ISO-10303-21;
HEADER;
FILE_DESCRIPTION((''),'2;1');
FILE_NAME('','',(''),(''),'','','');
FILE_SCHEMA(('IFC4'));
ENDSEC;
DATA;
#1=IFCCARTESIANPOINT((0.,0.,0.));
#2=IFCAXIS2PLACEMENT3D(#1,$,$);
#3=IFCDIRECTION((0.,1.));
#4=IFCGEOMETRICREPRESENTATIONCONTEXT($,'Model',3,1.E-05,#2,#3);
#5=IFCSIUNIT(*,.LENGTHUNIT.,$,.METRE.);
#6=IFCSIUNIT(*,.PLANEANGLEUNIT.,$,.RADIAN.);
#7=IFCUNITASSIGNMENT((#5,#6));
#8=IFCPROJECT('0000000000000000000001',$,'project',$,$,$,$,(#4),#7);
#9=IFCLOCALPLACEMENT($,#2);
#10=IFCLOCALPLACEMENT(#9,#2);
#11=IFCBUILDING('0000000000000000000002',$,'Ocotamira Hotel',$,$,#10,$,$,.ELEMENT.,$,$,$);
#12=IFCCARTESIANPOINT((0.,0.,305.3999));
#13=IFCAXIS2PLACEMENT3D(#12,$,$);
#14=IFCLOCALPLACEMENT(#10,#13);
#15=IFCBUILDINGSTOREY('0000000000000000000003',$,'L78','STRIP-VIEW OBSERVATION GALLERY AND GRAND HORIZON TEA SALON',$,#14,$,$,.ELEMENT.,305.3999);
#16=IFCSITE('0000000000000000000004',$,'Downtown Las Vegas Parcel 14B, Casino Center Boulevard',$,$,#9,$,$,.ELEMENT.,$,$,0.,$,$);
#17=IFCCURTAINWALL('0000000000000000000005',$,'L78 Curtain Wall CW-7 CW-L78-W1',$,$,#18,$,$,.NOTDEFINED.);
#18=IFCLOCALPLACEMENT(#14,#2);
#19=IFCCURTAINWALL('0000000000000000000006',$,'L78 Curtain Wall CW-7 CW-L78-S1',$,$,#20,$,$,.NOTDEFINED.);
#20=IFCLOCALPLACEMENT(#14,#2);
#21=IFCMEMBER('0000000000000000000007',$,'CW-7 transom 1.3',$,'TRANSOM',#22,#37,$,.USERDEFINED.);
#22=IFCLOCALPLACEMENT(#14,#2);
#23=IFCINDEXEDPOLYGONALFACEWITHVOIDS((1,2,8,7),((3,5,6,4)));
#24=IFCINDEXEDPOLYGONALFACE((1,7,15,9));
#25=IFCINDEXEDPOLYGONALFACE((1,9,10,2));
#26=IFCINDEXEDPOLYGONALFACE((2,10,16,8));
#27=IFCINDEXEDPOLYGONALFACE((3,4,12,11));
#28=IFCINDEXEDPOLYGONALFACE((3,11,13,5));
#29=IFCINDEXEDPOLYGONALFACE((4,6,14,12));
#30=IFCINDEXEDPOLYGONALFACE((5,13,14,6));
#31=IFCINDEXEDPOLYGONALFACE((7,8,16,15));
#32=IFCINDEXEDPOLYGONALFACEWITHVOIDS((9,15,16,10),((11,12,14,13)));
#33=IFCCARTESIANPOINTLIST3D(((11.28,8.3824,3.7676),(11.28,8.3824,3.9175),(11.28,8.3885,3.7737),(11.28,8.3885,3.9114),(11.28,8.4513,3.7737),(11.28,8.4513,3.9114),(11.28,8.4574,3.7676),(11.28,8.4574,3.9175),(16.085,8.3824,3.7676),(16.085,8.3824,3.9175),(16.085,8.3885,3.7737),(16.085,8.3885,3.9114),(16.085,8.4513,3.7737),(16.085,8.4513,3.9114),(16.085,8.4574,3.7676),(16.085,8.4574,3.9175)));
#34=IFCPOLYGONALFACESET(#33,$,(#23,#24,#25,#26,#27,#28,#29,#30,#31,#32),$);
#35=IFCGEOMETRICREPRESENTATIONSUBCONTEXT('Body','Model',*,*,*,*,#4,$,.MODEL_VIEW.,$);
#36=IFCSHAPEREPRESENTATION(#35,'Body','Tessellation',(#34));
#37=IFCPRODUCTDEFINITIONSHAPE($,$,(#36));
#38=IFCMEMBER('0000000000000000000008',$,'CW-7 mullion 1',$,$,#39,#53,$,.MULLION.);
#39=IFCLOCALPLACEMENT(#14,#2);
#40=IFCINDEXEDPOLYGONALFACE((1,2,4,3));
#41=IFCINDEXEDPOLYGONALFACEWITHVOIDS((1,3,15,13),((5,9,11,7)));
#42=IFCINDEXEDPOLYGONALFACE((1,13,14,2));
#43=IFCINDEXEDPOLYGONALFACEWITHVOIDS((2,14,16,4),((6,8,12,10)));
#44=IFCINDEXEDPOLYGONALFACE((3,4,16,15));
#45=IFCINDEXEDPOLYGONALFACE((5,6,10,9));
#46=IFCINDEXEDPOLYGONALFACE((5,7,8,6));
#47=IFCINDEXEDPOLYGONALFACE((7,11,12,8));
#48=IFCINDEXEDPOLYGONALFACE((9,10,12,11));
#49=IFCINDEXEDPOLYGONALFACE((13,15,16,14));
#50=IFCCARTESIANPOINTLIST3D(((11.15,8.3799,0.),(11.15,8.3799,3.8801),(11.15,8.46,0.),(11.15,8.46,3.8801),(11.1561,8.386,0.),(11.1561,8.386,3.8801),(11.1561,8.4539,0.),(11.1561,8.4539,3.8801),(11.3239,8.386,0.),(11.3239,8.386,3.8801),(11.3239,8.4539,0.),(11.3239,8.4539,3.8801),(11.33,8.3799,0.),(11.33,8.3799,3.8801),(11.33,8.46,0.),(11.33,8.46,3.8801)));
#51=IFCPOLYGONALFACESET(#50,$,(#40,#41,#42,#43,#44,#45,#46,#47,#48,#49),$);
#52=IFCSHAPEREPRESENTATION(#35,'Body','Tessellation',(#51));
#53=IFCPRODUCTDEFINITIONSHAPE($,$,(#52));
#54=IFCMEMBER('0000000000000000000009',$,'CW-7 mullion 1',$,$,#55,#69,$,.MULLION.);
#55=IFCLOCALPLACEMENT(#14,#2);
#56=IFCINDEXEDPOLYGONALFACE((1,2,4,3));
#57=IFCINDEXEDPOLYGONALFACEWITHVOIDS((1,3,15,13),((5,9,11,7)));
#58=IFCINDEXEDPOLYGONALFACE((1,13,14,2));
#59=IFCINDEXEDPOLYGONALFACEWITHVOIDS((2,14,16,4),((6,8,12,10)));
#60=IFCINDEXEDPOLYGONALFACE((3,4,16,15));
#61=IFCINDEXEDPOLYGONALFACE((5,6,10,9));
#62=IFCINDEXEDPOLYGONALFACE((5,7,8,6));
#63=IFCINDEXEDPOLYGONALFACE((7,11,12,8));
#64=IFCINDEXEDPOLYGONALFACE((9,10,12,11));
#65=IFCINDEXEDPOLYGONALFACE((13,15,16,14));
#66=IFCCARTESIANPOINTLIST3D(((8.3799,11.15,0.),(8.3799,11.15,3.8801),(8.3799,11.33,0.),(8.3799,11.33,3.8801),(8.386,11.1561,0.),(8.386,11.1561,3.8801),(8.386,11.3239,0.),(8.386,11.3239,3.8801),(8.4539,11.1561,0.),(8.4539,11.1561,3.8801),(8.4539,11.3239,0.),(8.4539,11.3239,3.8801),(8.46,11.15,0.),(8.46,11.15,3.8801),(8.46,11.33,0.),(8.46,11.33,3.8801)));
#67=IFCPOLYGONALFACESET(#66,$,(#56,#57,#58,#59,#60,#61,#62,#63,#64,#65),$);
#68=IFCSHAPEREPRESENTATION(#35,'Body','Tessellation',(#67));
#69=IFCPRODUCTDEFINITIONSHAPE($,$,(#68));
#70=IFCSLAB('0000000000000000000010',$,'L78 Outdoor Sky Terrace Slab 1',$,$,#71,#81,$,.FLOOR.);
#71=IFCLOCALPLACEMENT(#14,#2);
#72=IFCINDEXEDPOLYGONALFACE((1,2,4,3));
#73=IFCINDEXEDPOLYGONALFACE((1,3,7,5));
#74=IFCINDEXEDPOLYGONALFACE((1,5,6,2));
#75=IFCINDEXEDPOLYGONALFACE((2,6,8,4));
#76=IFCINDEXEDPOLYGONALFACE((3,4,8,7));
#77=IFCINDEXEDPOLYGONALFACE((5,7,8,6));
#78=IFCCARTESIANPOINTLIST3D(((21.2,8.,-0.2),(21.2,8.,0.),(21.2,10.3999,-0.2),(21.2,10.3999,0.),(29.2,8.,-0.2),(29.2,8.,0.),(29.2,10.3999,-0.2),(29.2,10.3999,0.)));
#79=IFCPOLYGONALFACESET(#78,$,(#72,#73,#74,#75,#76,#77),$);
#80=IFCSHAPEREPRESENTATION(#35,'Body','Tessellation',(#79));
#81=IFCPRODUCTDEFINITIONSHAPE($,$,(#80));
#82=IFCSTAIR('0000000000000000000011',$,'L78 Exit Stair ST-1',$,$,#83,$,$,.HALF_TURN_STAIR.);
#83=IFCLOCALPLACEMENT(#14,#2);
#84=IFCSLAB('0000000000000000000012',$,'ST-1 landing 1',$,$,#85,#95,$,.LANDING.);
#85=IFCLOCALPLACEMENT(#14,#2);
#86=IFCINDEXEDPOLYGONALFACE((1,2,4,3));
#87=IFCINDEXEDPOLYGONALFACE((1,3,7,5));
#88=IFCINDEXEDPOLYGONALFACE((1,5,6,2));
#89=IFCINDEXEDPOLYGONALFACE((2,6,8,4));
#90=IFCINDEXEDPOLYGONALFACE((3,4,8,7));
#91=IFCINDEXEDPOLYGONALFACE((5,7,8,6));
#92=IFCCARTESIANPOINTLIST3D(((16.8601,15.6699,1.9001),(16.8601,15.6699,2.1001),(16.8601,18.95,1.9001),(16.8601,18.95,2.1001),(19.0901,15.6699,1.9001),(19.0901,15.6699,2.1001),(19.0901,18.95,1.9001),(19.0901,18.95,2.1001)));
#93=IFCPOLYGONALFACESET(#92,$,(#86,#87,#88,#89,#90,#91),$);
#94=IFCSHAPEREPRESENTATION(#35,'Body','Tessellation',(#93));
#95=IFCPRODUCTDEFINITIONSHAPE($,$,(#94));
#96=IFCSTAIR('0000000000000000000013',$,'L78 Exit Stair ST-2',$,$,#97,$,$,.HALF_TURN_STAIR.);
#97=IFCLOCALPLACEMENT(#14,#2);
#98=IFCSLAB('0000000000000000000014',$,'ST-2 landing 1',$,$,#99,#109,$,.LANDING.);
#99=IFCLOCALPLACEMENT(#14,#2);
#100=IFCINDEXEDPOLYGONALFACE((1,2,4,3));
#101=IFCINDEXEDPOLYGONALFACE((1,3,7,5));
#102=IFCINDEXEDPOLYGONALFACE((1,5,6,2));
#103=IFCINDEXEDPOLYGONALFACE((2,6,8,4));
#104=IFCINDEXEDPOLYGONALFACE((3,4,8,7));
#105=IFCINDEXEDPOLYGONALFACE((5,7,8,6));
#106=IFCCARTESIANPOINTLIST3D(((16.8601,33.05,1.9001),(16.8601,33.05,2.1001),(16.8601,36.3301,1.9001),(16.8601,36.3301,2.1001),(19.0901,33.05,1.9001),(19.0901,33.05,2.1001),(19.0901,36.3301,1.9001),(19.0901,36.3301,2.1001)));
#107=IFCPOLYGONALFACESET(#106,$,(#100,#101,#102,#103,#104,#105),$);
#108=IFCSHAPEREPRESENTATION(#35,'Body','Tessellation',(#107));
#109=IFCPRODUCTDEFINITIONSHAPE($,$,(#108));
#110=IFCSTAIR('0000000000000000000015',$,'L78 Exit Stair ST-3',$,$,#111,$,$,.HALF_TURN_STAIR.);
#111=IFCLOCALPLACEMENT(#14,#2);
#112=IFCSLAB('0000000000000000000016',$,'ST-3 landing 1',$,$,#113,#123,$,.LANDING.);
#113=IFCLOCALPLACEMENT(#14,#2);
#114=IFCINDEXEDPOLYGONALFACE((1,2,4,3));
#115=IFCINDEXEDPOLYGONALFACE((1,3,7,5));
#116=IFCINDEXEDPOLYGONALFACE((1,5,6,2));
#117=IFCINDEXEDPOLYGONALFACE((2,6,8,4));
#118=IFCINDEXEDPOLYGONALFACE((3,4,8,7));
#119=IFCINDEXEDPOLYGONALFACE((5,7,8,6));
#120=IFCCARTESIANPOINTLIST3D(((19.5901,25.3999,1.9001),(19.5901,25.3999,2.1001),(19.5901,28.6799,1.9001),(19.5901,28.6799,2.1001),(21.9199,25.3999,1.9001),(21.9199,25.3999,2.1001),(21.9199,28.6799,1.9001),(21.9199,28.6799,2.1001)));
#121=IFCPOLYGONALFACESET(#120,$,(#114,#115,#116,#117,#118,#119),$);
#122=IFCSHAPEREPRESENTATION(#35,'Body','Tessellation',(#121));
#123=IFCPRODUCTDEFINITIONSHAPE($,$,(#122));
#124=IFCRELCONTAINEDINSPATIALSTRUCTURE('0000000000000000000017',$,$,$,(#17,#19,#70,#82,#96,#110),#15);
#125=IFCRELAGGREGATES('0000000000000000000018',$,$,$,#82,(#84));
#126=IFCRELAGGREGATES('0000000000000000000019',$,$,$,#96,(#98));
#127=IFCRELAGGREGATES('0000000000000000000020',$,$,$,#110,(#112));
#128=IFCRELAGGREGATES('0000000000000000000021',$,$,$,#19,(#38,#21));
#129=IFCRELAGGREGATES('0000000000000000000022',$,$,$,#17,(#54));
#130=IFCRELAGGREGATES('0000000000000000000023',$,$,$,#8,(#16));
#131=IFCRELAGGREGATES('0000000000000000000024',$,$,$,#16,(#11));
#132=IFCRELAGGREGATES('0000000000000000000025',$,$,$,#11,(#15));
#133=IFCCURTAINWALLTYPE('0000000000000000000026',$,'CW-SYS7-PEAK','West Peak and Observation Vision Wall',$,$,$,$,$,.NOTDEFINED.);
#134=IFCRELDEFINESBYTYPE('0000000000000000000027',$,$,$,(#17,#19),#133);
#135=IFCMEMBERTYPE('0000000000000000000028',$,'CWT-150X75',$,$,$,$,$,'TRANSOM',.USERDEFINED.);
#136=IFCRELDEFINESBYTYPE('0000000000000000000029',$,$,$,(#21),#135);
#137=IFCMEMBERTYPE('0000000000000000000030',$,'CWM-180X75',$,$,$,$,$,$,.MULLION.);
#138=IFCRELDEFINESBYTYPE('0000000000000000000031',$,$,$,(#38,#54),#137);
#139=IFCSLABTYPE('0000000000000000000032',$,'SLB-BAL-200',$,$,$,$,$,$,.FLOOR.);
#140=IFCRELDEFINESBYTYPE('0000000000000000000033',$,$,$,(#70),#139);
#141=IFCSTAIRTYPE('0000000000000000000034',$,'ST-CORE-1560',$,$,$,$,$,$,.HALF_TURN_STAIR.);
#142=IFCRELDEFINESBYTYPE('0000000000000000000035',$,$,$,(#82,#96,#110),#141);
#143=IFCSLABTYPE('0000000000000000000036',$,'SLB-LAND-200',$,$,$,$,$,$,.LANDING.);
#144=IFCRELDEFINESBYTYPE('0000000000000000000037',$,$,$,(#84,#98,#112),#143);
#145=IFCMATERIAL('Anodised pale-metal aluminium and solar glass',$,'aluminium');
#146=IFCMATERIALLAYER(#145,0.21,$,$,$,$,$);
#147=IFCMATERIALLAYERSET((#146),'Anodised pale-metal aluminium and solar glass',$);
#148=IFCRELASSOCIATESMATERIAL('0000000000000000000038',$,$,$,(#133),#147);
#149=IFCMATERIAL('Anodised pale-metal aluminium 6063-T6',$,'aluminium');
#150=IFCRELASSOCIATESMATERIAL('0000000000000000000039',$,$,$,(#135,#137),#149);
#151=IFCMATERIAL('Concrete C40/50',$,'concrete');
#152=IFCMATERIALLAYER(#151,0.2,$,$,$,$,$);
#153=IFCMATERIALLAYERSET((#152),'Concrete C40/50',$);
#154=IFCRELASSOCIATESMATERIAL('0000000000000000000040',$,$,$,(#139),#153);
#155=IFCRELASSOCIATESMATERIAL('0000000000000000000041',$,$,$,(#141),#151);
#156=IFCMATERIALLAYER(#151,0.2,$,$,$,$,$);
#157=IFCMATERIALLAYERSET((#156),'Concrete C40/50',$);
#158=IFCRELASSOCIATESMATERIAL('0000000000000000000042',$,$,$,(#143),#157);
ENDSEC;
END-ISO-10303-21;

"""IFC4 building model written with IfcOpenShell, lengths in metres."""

from ifc_helpers import new_model, si_unit, direction, frame, origin, origin_2d, place, context, subcontext, project, spatial, polyline, hollow_rectangle, outline, extrude, source, transform, mapped, material, layer, layer_set, material_profile, profile_set, type_object, element, aggregate, save


model = new_model("IFC4")

# Units and contexts
model_context = context("Model", 3, precision=1e-05, world=origin(), true_north=direction((0.0, 1.0)))
body_context = subcontext(model_context, "Body", "Model", "MODEL_VIEW")
ifc_project = project(units=[si_unit("LENGTHUNIT", "METRE"), si_unit("PLANEANGLEUNIT", "RADIAN")], contexts=[model_context])

# Site, building, storey
site_placement = place(None, origin())
site = spatial("IfcSite", under=ifc_project, at=site_placement, Name="Downtown Las Vegas Parcel 14B, Casino Center Boulevard", CompositionType="ELEMENT", RefElevation=0.0)
building_placement = place(site_placement, origin())
building = spatial("IfcBuilding", under=site, at=building_placement, Name="Ocotamira Hotel", CompositionType="ELEMENT")
storey_placement = place(building_placement, frame((0.0, 0.0, 305.3999)))
storey = spatial("IfcBuildingStorey", under=building, at=storey_placement, Name="L78", Description="STRIP-VIEW OBSERVATION GALLERY AND GRAND HORIZON TEA SALON", CompositionType="ELEMENT", Elevation=305.3999)

# Curtain walls, members
ifc_material_1 = material(Name="Anodised pale-metal aluminium and solar glass", Category="aluminium")
ifc_layer_1 = layer(ifc_material_1, 0.21)
ifc_layer_set_1 = layer_set([ifc_layer_1], Name="Anodised pale-metal aluminium and solar glass")
curtain_wall_type = type_object("IfcCurtainWallType", Name="CW-SYS7-PEAK", Description="West Peak and Observation Vision Wall", PredefinedType="NOTDEFINED", material=ifc_layer_set_1)
curtain_wall_1_placement = place(storey_placement, origin())
curtain_wall_1 = element("IfcCurtainWall", 1, at=curtain_wall_1_placement, inside=storey, type_object=curtain_wall_type, Name="L78 Curtain Wall CW-7 CW-L78-W1", PredefinedType="NOTDEFINED")
ifc_material_2 = material(Name="Anodised pale-metal aluminium 6063-T6", Category="aluminium")
ifc_material_profile_1 = material_profile(ifc_material_2, hollow_rectangle(XDim=0.075, YDim=0.1499, WallThickness=0.0061, at=origin_2d()), Name="HSS150X75X6")
ifc_profile_set_1 = profile_set([ifc_material_profile_1], Name="Anodised pale-metal aluminium 6063-T6")
member_type_1 = type_object("IfcMemberType", Name="CWT-150X75", ElementType="TRANSOM", PredefinedType="USERDEFINED", material=ifc_profile_set_1)
curtain_wall_2_placement = place(storey_placement, origin())
curtain_wall_2 = element("IfcCurtainWall", 2, at=curtain_wall_2_placement, inside=storey, type_object=curtain_wall_type, Name="L78 Curtain Wall CW-7 CW-L78-S1", PredefinedType="NOTDEFINED")
shared_shape_1 = source(origin(), body_context, "Body", "SweptSolid", [
    extrude(hollow_rectangle(XDim=0.075, YDim=0.1499, WallThickness=0.0061, at=origin_2d()), origin(), (0.0, 0.0, 1.0), 4.8049),
])
member_1_placement = place(storey_placement, frame((11.28, 8.4199, 3.8425), z_axis=(1.0, 0.0, 0.0), x_axis=(0.0, 1.0, 0.0)))
member_1 = element("IfcMember", 3, at=member_1_placement, type_object=member_type_1, Name="CW-7 transom 1.3", ObjectType="TRANSOM", PredefinedType="USERDEFINED", context=body_context, shape_type="MappedRepresentation", body=[
    mapped(shared_shape_1, transform((0.0, 0.0, 0.0), scale=1.0)),
])
ifc_material_profile_2 = material_profile(ifc_material_2, hollow_rectangle(XDim=0.0801, YDim=0.1799, WallThickness=0.0061, at=origin_2d()), Name="HSS180X80X6")
ifc_profile_set_2 = profile_set([ifc_material_profile_2], Name="Anodised pale-metal aluminium 6063-T6")
member_type_2 = type_object("IfcMemberType", Name="CWM-180X75", PredefinedType="MULLION", material=ifc_profile_set_2)
shared_shape_2 = source(origin(), body_context, "Body", "SweptSolid", [
    extrude(hollow_rectangle(XDim=0.0801, YDim=0.1799, WallThickness=0.0061, at=origin_2d()), origin(), (0.0, 0.0, 1.0), 3.8801),
])
member_2_placement = place(storey_placement, frame((11.24, 8.4199, 0.0), z_axis=(0.0, 0.0, 1.0), x_axis=(0.0, 1.0, 0.0)))
member_2 = element("IfcMember", 4, at=member_2_placement, type_object=member_type_2, Name="CW-7 mullion 1", PredefinedType="MULLION", context=body_context, shape_type="MappedRepresentation", body=[
    mapped(shared_shape_2, transform((0.0, 0.0, 0.0), scale=1.0)),
])

# Member
member_3_placement = place(storey_placement, frame((8.4199, 11.24, 0.0), z_axis=(0.0, 0.0, 1.0), x_axis=(-1.0, 0.0, 0.0)))
member_3 = element("IfcMember", 5, at=member_3_placement, type_object=member_type_2, Name="CW-7 mullion 1", PredefinedType="MULLION", context=body_context, shape_type="MappedRepresentation", body=[
    mapped(shared_shape_2, transform((0.0, 0.0, 0.0), scale=1.0)),
])

# Slab
ifc_material_3 = material(Name="Concrete C40/50", Category="concrete")
ifc_layer_2 = layer(ifc_material_3, 0.2)
ifc_layer_set_2 = layer_set([ifc_layer_2], Name="Concrete C40/50")
slab_type_1 = type_object("IfcSlabType", Name="SLB-BAL-200", PredefinedType="FLOOR", material=ifc_layer_set_2)
slab_1_placement = place(storey_placement, frame((0.0, 0.0, -0.2)))
element("IfcSlab", 6, at=slab_1_placement, inside=storey, type_object=slab_type_1, Name="L78 Outdoor Sky Terrace Slab 1", PredefinedType="FLOOR", context=body_context, shape_type="SweptSolid", body=[
    extrude(outline(polyline([(21.2, 8.0), (29.2, 8.0), (29.2, 10.3999), (21.2, 10.3999), (21.2, 8.0)])), origin(), (0.0, 0.0, 1.0), 0.2),
])

# Stairs, slabs
stair_type = type_object("IfcStairType", Name="ST-CORE-1560", PredefinedType="HALF_TURN_STAIR", material=ifc_material_3)
stair_1_placement = place(storey_placement, origin())
stair_1 = element("IfcStair", 7, at=stair_1_placement, inside=storey, type_object=stair_type, Name="L78 Exit Stair ST-1", PredefinedType="HALF_TURN_STAIR")
ifc_layer_3 = layer(ifc_material_3, 0.2)
ifc_layer_set_3 = layer_set([ifc_layer_3], Name="Concrete C40/50")
slab_type_2 = type_object("IfcSlabType", Name="SLB-LAND-200", PredefinedType="LANDING", material=ifc_layer_set_3)
slab_2_placement = place(storey_placement, frame((0.0, 0.0, 1.9001)))
slab_2 = element("IfcSlab", 8, at=slab_2_placement, type_object=slab_type_2, Name="ST-1 landing 1", PredefinedType="LANDING", context=body_context, shape_type="SweptSolid", body=[
    extrude(outline(polyline([(16.8601, 15.6699), (19.0901, 15.6699), (19.0901, 18.95), (16.8601, 18.95), (16.8601, 15.6699)])), origin(), (0.0, 0.0, 1.0), 0.2),
])
aggregate(stair_1, [slab_2])
stair_2_placement = place(storey_placement, origin())
stair_2 = element("IfcStair", 9, at=stair_2_placement, inside=storey, type_object=stair_type, Name="L78 Exit Stair ST-2", PredefinedType="HALF_TURN_STAIR")
slab_3_placement = place(storey_placement, frame((0.0, 0.0, 1.9001)))
slab_3 = element("IfcSlab", 10, at=slab_3_placement, type_object=slab_type_2, Name="ST-2 landing 1", PredefinedType="LANDING", context=body_context, shape_type="SweptSolid", body=[
    extrude(outline(polyline([(16.8601, 33.05), (19.0901, 33.05), (19.0901, 36.3301), (16.8601, 36.3301), (16.8601, 33.05)])), origin(), (0.0, 0.0, 1.0), 0.2),
])
aggregate(stair_2, [slab_3])
stair_3_placement = place(storey_placement, origin())
stair_3 = element("IfcStair", 11, at=stair_3_placement, inside=storey, type_object=stair_type, Name="L78 Exit Stair ST-3", PredefinedType="HALF_TURN_STAIR")
slab_4_placement = place(storey_placement, frame((0.0, 0.0, 1.9001)))
slab_4 = element("IfcSlab", 12, at=slab_4_placement, type_object=slab_type_2, Name="ST-3 landing 1", PredefinedType="LANDING", context=body_context, shape_type="SweptSolid", body=[
    extrude(outline(polyline([(19.5901, 25.3999), (21.9199, 25.3999), (21.9199, 28.6799), (19.5901, 28.6799), (19.5901, 25.3999)])), origin(), (0.0, 0.0, 1.0), 0.2),
])
aggregate(stair_3, [slab_4])

aggregate(curtain_wall_2, [member_2, member_1])
aggregate(curtain_wall_1, [member_3])

save(model, "model.ifc")
